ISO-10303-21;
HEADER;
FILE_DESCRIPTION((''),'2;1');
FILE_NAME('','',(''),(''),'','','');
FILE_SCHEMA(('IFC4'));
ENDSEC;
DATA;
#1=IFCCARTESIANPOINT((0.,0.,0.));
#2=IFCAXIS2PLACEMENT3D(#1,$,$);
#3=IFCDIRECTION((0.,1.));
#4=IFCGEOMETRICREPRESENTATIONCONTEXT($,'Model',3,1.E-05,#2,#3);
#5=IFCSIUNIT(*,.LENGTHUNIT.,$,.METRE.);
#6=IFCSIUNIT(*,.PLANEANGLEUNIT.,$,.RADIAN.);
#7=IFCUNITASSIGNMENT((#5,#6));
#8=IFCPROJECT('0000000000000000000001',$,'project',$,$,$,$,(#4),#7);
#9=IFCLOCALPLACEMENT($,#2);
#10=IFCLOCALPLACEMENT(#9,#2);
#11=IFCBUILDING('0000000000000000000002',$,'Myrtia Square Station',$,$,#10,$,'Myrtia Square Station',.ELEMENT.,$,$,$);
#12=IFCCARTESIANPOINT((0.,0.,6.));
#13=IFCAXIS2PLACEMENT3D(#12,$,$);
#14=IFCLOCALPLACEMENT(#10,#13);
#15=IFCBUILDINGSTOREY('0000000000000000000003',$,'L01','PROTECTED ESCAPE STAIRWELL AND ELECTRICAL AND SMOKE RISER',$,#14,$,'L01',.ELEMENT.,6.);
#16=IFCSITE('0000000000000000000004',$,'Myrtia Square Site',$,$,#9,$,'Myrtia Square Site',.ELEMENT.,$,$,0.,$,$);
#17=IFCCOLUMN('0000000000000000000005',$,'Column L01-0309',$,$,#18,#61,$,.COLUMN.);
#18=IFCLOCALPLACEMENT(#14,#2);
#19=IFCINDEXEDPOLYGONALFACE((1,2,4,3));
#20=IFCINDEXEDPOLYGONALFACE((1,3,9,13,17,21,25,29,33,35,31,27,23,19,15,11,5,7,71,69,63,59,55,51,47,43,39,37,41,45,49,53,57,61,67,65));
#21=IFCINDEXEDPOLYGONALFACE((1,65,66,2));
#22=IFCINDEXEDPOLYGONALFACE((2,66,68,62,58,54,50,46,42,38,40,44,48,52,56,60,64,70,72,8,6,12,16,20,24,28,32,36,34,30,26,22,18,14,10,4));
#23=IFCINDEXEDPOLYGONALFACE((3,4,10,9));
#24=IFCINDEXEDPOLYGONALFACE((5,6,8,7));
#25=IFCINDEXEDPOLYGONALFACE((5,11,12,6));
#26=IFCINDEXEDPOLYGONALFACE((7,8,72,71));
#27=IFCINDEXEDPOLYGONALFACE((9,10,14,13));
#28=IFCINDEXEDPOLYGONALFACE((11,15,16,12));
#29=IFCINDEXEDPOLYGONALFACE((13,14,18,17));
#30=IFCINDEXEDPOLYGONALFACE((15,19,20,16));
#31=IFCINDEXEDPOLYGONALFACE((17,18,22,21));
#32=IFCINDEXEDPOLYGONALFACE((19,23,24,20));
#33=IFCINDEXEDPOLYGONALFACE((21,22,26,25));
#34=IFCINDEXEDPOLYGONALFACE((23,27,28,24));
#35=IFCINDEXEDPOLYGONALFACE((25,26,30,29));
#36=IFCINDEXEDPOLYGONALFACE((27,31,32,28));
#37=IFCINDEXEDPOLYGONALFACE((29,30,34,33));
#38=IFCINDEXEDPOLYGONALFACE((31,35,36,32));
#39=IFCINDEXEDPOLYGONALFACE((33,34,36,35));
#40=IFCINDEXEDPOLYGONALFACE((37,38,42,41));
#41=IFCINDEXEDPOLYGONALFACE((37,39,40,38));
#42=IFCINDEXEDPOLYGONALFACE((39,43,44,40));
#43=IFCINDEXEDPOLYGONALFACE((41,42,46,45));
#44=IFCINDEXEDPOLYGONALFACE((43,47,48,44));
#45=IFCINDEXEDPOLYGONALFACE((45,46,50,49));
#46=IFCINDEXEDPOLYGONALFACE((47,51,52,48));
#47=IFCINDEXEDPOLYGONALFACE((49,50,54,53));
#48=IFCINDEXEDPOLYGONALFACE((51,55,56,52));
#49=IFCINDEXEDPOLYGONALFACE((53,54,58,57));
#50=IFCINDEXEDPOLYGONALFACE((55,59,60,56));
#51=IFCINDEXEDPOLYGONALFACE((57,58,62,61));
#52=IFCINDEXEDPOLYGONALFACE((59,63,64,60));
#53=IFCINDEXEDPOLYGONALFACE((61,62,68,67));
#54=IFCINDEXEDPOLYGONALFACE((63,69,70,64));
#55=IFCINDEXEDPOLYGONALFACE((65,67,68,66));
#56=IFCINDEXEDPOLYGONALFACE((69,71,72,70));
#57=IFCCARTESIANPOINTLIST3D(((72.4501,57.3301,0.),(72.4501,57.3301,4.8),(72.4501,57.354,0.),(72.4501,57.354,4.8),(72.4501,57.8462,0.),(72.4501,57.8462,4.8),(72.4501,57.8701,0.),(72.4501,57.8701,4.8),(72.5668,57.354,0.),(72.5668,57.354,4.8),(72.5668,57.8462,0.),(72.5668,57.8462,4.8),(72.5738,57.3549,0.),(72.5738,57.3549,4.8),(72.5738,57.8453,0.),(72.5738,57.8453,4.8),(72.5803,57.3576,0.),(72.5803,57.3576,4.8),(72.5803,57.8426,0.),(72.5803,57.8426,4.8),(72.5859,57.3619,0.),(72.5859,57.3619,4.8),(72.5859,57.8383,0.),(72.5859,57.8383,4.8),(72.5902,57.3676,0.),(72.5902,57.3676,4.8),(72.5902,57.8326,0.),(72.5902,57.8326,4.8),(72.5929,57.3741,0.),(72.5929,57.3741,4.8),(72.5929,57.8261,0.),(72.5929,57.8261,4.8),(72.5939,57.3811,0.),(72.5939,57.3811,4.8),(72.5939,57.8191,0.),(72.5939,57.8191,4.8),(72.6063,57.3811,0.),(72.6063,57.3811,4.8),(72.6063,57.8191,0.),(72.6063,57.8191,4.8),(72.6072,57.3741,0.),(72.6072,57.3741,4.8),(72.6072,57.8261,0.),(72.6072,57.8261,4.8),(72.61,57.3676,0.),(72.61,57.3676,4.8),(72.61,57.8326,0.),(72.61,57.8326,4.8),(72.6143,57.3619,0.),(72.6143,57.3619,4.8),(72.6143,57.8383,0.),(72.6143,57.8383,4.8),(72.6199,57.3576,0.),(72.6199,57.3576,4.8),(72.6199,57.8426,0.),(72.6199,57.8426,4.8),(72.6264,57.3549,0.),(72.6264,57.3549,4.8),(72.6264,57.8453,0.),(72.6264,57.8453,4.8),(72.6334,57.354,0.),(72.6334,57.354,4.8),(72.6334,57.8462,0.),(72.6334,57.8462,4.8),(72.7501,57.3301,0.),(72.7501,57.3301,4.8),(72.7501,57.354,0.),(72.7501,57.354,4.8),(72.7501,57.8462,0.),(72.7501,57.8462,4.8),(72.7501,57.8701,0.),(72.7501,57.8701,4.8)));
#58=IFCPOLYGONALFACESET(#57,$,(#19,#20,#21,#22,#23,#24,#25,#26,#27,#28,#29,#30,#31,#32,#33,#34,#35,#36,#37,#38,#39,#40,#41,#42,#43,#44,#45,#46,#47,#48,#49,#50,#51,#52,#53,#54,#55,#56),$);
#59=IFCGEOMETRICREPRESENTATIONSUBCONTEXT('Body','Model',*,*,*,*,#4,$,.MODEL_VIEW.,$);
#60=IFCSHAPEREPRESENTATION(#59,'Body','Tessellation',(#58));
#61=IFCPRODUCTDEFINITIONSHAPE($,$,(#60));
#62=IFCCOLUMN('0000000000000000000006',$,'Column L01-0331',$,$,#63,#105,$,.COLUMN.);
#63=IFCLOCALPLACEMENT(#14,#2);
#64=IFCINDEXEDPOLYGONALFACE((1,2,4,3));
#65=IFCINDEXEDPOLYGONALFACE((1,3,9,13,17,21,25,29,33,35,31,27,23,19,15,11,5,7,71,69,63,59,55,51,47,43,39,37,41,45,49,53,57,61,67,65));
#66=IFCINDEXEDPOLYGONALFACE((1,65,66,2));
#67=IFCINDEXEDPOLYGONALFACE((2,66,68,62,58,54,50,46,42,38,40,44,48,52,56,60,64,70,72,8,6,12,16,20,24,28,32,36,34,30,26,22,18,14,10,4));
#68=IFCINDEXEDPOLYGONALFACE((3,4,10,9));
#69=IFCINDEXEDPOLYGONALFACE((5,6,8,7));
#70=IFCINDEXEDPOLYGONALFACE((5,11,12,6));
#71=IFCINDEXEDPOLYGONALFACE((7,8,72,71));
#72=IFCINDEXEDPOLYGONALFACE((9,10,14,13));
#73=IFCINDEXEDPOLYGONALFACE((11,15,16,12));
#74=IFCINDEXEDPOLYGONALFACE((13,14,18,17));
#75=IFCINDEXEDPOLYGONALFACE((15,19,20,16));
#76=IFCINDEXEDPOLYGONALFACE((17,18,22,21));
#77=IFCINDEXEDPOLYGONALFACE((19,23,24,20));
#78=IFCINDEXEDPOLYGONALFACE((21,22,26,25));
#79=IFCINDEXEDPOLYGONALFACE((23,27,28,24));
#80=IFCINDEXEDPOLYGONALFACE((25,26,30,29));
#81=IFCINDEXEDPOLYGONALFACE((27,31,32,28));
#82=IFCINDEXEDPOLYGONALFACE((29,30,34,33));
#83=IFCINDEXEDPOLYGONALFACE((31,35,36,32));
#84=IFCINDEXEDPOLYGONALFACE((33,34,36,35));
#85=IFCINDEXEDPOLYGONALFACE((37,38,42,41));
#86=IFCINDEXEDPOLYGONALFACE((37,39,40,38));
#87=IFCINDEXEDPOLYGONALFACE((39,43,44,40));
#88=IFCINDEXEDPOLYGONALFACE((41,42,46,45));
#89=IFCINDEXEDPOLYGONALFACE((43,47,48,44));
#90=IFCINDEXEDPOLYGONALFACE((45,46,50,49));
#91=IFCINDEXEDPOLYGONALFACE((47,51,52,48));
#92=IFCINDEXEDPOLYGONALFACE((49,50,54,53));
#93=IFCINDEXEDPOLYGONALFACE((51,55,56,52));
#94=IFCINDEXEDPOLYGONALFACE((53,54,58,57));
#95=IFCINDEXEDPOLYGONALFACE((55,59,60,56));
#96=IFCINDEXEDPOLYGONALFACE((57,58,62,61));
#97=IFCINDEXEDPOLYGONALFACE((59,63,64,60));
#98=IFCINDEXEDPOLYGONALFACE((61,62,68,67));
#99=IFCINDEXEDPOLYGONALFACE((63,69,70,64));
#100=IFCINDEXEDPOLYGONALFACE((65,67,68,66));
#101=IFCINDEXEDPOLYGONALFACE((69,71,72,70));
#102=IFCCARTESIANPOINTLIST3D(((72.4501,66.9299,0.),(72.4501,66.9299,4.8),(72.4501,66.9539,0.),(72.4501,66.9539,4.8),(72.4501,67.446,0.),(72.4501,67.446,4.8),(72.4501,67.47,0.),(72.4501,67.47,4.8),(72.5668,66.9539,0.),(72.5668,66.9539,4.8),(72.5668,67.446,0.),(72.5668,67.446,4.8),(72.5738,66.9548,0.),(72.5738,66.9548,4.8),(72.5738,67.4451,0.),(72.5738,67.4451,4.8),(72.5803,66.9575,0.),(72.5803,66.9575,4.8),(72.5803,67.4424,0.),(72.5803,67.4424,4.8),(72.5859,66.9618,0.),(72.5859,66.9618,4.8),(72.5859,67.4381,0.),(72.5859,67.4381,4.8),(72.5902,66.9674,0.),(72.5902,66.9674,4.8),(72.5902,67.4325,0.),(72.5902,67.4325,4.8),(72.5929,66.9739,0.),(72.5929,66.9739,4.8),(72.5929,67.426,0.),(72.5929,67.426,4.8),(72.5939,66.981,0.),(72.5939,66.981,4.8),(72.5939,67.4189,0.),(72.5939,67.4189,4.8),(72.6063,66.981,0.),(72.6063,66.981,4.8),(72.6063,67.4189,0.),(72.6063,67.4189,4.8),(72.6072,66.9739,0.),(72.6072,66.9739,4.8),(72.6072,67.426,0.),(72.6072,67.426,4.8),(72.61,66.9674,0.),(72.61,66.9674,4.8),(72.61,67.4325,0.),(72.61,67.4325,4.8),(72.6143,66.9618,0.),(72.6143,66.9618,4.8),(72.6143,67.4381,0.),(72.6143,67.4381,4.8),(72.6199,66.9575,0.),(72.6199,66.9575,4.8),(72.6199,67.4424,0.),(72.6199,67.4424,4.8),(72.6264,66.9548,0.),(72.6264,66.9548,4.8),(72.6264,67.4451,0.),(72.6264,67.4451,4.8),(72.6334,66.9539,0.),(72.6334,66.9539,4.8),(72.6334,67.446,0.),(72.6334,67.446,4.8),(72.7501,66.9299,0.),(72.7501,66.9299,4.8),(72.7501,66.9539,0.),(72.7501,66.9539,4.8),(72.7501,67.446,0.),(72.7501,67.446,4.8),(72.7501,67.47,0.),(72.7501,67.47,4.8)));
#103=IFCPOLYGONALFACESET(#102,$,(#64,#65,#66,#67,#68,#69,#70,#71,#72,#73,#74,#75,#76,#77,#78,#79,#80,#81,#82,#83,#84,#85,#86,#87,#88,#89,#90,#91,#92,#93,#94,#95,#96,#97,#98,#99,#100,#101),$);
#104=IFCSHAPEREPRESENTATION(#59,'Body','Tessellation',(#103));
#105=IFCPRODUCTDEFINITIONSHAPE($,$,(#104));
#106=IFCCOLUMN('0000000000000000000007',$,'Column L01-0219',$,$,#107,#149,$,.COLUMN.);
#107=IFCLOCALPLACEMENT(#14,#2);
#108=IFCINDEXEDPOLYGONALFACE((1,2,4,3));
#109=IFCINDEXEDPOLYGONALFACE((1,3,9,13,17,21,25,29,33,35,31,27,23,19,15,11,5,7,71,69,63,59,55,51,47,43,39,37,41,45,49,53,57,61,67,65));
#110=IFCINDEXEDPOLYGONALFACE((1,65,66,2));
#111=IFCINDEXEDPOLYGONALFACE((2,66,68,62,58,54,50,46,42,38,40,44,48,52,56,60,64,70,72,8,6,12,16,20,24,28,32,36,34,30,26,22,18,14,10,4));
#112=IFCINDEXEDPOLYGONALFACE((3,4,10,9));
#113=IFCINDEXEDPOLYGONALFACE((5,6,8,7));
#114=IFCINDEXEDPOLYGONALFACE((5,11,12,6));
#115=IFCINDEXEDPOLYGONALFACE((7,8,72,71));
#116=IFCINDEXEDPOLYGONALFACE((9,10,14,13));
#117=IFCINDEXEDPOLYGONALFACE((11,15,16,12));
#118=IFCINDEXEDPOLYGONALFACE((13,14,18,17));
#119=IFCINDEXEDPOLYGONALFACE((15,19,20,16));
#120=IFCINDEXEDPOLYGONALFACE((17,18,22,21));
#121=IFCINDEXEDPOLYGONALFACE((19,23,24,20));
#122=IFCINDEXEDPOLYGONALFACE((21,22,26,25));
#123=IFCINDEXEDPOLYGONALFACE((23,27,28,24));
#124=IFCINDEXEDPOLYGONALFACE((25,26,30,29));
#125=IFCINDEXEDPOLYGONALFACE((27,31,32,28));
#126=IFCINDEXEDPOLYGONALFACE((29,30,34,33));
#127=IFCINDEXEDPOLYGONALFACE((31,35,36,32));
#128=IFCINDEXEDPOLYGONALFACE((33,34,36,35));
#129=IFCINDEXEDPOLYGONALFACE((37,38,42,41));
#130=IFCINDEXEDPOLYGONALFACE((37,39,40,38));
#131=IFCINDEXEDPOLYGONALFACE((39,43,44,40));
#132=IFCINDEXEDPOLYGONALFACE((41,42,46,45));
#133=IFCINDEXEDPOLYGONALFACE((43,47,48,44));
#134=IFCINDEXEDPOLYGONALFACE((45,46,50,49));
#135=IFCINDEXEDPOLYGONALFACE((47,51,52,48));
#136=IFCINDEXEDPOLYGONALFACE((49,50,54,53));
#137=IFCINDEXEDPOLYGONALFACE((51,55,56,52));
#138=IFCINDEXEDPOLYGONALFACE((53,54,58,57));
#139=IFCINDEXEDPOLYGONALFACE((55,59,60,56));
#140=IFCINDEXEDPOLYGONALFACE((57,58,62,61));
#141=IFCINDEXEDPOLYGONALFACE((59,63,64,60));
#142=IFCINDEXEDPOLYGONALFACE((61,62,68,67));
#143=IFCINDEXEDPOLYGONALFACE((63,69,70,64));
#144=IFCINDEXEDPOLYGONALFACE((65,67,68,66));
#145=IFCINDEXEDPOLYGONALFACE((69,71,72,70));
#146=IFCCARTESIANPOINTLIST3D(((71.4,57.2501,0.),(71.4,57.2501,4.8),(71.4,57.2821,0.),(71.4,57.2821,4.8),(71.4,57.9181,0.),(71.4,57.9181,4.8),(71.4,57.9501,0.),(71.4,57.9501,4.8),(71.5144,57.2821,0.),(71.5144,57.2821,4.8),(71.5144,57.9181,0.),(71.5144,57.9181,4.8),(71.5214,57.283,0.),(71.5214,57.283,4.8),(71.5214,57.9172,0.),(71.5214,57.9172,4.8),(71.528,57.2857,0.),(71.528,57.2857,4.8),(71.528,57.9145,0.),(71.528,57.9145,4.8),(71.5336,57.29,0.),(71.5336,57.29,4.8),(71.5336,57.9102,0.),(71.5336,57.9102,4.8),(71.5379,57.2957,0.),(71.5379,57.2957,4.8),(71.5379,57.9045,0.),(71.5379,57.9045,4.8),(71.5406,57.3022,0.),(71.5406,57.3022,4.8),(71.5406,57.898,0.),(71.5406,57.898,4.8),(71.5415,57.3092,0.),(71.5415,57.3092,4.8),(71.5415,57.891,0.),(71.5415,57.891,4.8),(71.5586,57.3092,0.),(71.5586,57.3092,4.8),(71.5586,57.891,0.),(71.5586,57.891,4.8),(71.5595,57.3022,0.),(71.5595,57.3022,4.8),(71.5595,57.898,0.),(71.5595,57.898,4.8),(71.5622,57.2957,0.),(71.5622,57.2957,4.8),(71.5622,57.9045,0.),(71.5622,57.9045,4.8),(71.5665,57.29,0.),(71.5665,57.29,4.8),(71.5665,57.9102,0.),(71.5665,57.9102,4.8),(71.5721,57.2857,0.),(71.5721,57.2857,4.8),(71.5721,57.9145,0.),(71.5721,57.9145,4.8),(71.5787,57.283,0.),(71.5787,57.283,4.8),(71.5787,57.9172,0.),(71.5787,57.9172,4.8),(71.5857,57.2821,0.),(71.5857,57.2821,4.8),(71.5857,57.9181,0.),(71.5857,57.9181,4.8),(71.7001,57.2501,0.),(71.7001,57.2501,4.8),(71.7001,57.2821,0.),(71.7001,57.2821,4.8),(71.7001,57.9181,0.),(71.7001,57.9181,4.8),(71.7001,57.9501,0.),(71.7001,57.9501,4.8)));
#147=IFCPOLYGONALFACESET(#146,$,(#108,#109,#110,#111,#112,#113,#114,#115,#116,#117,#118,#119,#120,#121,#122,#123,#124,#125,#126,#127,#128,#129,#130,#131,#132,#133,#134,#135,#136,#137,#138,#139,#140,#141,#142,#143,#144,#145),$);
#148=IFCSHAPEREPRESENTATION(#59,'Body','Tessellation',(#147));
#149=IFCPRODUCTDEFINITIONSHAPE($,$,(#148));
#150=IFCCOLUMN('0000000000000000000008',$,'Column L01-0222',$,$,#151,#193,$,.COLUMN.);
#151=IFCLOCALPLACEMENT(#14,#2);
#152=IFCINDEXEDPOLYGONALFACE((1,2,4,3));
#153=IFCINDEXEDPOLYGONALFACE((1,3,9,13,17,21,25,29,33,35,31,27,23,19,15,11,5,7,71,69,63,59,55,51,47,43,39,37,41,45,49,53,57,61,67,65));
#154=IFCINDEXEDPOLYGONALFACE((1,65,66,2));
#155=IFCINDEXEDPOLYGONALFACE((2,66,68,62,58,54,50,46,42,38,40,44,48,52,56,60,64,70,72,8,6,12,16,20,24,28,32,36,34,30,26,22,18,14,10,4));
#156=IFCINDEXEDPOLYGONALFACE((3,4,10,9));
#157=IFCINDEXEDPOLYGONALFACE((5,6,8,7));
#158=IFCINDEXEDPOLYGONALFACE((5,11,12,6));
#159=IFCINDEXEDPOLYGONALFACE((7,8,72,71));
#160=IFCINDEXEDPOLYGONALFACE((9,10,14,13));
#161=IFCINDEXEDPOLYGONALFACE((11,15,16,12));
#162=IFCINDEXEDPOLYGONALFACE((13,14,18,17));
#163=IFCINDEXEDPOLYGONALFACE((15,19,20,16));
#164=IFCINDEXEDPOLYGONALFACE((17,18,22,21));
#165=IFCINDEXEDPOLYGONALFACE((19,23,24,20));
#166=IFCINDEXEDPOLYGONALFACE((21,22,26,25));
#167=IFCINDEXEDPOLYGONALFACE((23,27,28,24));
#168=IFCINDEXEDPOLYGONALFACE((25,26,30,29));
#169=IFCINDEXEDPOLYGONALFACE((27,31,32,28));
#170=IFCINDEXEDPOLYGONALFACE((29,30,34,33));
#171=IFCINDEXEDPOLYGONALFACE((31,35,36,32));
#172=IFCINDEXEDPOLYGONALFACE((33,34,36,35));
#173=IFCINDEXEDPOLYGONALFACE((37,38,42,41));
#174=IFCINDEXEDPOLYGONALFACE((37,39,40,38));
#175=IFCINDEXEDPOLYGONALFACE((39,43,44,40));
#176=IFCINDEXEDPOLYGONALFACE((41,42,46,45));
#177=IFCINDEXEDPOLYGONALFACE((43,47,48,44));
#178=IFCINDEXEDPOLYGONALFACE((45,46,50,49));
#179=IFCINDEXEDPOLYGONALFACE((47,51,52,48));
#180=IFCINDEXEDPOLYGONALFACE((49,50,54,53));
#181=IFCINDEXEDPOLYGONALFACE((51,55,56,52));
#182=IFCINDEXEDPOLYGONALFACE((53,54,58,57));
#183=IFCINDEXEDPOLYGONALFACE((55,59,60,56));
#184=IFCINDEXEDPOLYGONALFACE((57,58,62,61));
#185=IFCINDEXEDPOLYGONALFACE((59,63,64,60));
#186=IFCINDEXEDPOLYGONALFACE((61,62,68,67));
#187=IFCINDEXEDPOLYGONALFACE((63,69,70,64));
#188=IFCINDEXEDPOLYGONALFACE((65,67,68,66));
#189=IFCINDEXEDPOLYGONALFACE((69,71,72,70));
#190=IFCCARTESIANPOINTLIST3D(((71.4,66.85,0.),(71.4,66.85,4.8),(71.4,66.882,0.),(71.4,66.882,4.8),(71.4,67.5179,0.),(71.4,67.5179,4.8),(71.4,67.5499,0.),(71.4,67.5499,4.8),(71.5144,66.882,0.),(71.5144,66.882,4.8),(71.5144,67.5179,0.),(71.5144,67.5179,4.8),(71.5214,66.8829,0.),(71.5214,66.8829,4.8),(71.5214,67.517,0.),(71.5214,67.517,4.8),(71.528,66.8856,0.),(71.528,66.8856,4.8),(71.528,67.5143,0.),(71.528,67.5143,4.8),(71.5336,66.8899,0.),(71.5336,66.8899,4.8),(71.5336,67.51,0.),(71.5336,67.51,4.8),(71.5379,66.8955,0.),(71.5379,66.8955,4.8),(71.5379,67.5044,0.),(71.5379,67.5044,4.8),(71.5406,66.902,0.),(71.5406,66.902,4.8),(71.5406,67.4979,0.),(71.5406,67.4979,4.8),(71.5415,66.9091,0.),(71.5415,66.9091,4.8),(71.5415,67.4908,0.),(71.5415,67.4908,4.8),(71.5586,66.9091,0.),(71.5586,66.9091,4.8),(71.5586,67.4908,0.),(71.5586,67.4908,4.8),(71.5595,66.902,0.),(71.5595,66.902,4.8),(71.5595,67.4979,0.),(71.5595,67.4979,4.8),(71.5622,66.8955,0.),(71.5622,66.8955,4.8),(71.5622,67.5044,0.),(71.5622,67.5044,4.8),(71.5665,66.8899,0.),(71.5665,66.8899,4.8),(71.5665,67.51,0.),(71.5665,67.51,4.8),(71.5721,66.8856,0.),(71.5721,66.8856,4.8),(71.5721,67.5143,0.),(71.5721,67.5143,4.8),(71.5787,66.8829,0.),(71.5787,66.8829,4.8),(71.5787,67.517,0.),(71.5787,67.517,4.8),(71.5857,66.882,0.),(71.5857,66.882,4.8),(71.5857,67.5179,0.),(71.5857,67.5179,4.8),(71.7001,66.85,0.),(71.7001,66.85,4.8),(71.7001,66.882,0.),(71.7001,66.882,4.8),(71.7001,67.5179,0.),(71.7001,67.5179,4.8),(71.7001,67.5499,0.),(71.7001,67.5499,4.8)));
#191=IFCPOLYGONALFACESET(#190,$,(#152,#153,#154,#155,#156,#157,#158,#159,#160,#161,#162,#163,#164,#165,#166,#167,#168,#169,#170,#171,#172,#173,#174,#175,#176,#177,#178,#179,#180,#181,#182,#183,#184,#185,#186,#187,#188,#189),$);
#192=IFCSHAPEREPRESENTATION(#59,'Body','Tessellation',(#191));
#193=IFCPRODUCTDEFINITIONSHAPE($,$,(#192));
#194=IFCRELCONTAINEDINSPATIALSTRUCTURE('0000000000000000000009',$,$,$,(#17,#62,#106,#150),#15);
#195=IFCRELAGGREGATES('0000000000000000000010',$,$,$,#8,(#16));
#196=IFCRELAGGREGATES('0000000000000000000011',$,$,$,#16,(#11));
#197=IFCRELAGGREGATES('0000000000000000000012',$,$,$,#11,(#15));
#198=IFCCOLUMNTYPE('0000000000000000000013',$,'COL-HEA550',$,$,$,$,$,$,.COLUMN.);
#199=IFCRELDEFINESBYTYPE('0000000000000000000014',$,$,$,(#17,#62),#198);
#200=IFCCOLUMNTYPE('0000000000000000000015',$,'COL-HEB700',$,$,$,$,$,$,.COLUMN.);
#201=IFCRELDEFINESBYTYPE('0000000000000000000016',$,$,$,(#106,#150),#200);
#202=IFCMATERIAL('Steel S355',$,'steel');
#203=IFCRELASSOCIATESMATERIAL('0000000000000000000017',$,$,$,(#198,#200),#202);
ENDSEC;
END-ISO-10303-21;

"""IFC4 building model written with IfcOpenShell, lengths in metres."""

from ifc_helpers import new_model, si_unit, direction, frame, origin, origin_2d, place, context, subcontext, project, spatial, i_section, extrude, material, material_profile, profile_set, type_object, element, save


model = new_model("IFC4")

# Units and contexts
model_context = context("Model", 3, precision=1e-05, world=origin(), true_north=direction((0.0, 1.0)))
body_context = subcontext(model_context, "Body", "Model", "MODEL_VIEW")
ifc_project = project(units=[si_unit("LENGTHUNIT", "METRE"), si_unit("PLANEANGLEUNIT", "RADIAN")], contexts=[model_context])

# Site, building, storey
site_placement = place(None, origin())
site = spatial("IfcSite", under=ifc_project, at=site_placement, Name="Myrtia Square Site", LongName="Myrtia Square Site", CompositionType="ELEMENT", RefElevation=0.0)
building_placement = place(site_placement, origin())
building = spatial("IfcBuilding", under=site, at=building_placement, Name="Myrtia Square Station", LongName="Myrtia Square Station", CompositionType="ELEMENT")
storey_placement = place(building_placement, frame((0.0, 0.0, 6.0)))
storey = spatial("IfcBuildingStorey", under=building, at=storey_placement, Name="L01", Description="PROTECTED ESCAPE STAIRWELL AND ELECTRICAL AND SMOKE RISER", LongName="L01", CompositionType="ELEMENT", Elevation=6.0)

# Columns
ifc_material_1 = material(Name="Steel S355", Category="steel")
ifc_material_profile_1 = material_profile(ifc_material_1, i_section(OverallWidth=0.3, OverallDepth=0.54, WebThickness=0.0125, FlangeThickness=0.0239, FilletRadius=0.0271, at=origin_2d()), Name="HEA 550")
ifc_profile_set_1 = profile_set([ifc_material_profile_1], Name="Steel S355")
column_type_1 = type_object("IfcColumnType", Name="COL-HEA550", PredefinedType="COLUMN", material=ifc_profile_set_1)
for number, where, z_axis, x_axis, name in (
    (1, (72.6001, 57.6001, 0.0), (0.0, 0.0, 1.0), (1.0, 0.0, 0.0), "Column L01-0309"),
    (2, (72.6001, 67.2, 0.0), (0.0, 0.0, 1.0), (1.0, 0.0, 0.0), "Column L01-0331"),
):
    element("IfcColumn", number, at=place(storey_placement, frame(where, z_axis=z_axis, x_axis=x_axis)), inside=storey, type_object=column_type_1, Name=name, PredefinedType="COLUMN", context=body_context, shape_type="SweptSolid", body=[
        extrude(i_section(OverallWidth=0.3, OverallDepth=0.54, WebThickness=0.0125, FlangeThickness=0.0239, FilletRadius=0.0271, at=origin_2d()), origin(), (0.0, 0.0, 1.0), 4.8),
    ])
ifc_material_profile_2 = material_profile(ifc_material_1, i_section(OverallWidth=0.3, OverallDepth=0.7, WebThickness=0.0171, FlangeThickness=0.032, FilletRadius=0.0271, at=origin_2d()), Name="HEB 700")
ifc_profile_set_2 = profile_set([ifc_material_profile_2], Name="Steel S355")
column_type_2 = type_object("IfcColumnType", Name="COL-HEB700", PredefinedType="COLUMN", material=ifc_profile_set_2)
for number, where, z_axis, x_axis, name in (
    (3, (71.55, 57.6001, 0.0), (0.0, 0.0, 1.0), (1.0, 0.0, 0.0), "Column L01-0219"),
    (4, (71.55, 67.2, 0.0), (0.0, 0.0, 1.0), (1.0, 0.0, 0.0), "Column L01-0222"),
):
    element("IfcColumn", number, at=place(storey_placement, frame(where, z_axis=z_axis, x_axis=x_axis)), inside=storey, type_object=column_type_2, Name=name, PredefinedType="COLUMN", context=body_context, shape_type="SweptSolid", body=[
        extrude(i_section(OverallWidth=0.3, OverallDepth=0.7, WebThickness=0.0171, FlangeThickness=0.032, FilletRadius=0.0271, at=origin_2d()), origin(), (0.0, 0.0, 1.0), 4.8),
    ])

save(model, "model.ifc")
